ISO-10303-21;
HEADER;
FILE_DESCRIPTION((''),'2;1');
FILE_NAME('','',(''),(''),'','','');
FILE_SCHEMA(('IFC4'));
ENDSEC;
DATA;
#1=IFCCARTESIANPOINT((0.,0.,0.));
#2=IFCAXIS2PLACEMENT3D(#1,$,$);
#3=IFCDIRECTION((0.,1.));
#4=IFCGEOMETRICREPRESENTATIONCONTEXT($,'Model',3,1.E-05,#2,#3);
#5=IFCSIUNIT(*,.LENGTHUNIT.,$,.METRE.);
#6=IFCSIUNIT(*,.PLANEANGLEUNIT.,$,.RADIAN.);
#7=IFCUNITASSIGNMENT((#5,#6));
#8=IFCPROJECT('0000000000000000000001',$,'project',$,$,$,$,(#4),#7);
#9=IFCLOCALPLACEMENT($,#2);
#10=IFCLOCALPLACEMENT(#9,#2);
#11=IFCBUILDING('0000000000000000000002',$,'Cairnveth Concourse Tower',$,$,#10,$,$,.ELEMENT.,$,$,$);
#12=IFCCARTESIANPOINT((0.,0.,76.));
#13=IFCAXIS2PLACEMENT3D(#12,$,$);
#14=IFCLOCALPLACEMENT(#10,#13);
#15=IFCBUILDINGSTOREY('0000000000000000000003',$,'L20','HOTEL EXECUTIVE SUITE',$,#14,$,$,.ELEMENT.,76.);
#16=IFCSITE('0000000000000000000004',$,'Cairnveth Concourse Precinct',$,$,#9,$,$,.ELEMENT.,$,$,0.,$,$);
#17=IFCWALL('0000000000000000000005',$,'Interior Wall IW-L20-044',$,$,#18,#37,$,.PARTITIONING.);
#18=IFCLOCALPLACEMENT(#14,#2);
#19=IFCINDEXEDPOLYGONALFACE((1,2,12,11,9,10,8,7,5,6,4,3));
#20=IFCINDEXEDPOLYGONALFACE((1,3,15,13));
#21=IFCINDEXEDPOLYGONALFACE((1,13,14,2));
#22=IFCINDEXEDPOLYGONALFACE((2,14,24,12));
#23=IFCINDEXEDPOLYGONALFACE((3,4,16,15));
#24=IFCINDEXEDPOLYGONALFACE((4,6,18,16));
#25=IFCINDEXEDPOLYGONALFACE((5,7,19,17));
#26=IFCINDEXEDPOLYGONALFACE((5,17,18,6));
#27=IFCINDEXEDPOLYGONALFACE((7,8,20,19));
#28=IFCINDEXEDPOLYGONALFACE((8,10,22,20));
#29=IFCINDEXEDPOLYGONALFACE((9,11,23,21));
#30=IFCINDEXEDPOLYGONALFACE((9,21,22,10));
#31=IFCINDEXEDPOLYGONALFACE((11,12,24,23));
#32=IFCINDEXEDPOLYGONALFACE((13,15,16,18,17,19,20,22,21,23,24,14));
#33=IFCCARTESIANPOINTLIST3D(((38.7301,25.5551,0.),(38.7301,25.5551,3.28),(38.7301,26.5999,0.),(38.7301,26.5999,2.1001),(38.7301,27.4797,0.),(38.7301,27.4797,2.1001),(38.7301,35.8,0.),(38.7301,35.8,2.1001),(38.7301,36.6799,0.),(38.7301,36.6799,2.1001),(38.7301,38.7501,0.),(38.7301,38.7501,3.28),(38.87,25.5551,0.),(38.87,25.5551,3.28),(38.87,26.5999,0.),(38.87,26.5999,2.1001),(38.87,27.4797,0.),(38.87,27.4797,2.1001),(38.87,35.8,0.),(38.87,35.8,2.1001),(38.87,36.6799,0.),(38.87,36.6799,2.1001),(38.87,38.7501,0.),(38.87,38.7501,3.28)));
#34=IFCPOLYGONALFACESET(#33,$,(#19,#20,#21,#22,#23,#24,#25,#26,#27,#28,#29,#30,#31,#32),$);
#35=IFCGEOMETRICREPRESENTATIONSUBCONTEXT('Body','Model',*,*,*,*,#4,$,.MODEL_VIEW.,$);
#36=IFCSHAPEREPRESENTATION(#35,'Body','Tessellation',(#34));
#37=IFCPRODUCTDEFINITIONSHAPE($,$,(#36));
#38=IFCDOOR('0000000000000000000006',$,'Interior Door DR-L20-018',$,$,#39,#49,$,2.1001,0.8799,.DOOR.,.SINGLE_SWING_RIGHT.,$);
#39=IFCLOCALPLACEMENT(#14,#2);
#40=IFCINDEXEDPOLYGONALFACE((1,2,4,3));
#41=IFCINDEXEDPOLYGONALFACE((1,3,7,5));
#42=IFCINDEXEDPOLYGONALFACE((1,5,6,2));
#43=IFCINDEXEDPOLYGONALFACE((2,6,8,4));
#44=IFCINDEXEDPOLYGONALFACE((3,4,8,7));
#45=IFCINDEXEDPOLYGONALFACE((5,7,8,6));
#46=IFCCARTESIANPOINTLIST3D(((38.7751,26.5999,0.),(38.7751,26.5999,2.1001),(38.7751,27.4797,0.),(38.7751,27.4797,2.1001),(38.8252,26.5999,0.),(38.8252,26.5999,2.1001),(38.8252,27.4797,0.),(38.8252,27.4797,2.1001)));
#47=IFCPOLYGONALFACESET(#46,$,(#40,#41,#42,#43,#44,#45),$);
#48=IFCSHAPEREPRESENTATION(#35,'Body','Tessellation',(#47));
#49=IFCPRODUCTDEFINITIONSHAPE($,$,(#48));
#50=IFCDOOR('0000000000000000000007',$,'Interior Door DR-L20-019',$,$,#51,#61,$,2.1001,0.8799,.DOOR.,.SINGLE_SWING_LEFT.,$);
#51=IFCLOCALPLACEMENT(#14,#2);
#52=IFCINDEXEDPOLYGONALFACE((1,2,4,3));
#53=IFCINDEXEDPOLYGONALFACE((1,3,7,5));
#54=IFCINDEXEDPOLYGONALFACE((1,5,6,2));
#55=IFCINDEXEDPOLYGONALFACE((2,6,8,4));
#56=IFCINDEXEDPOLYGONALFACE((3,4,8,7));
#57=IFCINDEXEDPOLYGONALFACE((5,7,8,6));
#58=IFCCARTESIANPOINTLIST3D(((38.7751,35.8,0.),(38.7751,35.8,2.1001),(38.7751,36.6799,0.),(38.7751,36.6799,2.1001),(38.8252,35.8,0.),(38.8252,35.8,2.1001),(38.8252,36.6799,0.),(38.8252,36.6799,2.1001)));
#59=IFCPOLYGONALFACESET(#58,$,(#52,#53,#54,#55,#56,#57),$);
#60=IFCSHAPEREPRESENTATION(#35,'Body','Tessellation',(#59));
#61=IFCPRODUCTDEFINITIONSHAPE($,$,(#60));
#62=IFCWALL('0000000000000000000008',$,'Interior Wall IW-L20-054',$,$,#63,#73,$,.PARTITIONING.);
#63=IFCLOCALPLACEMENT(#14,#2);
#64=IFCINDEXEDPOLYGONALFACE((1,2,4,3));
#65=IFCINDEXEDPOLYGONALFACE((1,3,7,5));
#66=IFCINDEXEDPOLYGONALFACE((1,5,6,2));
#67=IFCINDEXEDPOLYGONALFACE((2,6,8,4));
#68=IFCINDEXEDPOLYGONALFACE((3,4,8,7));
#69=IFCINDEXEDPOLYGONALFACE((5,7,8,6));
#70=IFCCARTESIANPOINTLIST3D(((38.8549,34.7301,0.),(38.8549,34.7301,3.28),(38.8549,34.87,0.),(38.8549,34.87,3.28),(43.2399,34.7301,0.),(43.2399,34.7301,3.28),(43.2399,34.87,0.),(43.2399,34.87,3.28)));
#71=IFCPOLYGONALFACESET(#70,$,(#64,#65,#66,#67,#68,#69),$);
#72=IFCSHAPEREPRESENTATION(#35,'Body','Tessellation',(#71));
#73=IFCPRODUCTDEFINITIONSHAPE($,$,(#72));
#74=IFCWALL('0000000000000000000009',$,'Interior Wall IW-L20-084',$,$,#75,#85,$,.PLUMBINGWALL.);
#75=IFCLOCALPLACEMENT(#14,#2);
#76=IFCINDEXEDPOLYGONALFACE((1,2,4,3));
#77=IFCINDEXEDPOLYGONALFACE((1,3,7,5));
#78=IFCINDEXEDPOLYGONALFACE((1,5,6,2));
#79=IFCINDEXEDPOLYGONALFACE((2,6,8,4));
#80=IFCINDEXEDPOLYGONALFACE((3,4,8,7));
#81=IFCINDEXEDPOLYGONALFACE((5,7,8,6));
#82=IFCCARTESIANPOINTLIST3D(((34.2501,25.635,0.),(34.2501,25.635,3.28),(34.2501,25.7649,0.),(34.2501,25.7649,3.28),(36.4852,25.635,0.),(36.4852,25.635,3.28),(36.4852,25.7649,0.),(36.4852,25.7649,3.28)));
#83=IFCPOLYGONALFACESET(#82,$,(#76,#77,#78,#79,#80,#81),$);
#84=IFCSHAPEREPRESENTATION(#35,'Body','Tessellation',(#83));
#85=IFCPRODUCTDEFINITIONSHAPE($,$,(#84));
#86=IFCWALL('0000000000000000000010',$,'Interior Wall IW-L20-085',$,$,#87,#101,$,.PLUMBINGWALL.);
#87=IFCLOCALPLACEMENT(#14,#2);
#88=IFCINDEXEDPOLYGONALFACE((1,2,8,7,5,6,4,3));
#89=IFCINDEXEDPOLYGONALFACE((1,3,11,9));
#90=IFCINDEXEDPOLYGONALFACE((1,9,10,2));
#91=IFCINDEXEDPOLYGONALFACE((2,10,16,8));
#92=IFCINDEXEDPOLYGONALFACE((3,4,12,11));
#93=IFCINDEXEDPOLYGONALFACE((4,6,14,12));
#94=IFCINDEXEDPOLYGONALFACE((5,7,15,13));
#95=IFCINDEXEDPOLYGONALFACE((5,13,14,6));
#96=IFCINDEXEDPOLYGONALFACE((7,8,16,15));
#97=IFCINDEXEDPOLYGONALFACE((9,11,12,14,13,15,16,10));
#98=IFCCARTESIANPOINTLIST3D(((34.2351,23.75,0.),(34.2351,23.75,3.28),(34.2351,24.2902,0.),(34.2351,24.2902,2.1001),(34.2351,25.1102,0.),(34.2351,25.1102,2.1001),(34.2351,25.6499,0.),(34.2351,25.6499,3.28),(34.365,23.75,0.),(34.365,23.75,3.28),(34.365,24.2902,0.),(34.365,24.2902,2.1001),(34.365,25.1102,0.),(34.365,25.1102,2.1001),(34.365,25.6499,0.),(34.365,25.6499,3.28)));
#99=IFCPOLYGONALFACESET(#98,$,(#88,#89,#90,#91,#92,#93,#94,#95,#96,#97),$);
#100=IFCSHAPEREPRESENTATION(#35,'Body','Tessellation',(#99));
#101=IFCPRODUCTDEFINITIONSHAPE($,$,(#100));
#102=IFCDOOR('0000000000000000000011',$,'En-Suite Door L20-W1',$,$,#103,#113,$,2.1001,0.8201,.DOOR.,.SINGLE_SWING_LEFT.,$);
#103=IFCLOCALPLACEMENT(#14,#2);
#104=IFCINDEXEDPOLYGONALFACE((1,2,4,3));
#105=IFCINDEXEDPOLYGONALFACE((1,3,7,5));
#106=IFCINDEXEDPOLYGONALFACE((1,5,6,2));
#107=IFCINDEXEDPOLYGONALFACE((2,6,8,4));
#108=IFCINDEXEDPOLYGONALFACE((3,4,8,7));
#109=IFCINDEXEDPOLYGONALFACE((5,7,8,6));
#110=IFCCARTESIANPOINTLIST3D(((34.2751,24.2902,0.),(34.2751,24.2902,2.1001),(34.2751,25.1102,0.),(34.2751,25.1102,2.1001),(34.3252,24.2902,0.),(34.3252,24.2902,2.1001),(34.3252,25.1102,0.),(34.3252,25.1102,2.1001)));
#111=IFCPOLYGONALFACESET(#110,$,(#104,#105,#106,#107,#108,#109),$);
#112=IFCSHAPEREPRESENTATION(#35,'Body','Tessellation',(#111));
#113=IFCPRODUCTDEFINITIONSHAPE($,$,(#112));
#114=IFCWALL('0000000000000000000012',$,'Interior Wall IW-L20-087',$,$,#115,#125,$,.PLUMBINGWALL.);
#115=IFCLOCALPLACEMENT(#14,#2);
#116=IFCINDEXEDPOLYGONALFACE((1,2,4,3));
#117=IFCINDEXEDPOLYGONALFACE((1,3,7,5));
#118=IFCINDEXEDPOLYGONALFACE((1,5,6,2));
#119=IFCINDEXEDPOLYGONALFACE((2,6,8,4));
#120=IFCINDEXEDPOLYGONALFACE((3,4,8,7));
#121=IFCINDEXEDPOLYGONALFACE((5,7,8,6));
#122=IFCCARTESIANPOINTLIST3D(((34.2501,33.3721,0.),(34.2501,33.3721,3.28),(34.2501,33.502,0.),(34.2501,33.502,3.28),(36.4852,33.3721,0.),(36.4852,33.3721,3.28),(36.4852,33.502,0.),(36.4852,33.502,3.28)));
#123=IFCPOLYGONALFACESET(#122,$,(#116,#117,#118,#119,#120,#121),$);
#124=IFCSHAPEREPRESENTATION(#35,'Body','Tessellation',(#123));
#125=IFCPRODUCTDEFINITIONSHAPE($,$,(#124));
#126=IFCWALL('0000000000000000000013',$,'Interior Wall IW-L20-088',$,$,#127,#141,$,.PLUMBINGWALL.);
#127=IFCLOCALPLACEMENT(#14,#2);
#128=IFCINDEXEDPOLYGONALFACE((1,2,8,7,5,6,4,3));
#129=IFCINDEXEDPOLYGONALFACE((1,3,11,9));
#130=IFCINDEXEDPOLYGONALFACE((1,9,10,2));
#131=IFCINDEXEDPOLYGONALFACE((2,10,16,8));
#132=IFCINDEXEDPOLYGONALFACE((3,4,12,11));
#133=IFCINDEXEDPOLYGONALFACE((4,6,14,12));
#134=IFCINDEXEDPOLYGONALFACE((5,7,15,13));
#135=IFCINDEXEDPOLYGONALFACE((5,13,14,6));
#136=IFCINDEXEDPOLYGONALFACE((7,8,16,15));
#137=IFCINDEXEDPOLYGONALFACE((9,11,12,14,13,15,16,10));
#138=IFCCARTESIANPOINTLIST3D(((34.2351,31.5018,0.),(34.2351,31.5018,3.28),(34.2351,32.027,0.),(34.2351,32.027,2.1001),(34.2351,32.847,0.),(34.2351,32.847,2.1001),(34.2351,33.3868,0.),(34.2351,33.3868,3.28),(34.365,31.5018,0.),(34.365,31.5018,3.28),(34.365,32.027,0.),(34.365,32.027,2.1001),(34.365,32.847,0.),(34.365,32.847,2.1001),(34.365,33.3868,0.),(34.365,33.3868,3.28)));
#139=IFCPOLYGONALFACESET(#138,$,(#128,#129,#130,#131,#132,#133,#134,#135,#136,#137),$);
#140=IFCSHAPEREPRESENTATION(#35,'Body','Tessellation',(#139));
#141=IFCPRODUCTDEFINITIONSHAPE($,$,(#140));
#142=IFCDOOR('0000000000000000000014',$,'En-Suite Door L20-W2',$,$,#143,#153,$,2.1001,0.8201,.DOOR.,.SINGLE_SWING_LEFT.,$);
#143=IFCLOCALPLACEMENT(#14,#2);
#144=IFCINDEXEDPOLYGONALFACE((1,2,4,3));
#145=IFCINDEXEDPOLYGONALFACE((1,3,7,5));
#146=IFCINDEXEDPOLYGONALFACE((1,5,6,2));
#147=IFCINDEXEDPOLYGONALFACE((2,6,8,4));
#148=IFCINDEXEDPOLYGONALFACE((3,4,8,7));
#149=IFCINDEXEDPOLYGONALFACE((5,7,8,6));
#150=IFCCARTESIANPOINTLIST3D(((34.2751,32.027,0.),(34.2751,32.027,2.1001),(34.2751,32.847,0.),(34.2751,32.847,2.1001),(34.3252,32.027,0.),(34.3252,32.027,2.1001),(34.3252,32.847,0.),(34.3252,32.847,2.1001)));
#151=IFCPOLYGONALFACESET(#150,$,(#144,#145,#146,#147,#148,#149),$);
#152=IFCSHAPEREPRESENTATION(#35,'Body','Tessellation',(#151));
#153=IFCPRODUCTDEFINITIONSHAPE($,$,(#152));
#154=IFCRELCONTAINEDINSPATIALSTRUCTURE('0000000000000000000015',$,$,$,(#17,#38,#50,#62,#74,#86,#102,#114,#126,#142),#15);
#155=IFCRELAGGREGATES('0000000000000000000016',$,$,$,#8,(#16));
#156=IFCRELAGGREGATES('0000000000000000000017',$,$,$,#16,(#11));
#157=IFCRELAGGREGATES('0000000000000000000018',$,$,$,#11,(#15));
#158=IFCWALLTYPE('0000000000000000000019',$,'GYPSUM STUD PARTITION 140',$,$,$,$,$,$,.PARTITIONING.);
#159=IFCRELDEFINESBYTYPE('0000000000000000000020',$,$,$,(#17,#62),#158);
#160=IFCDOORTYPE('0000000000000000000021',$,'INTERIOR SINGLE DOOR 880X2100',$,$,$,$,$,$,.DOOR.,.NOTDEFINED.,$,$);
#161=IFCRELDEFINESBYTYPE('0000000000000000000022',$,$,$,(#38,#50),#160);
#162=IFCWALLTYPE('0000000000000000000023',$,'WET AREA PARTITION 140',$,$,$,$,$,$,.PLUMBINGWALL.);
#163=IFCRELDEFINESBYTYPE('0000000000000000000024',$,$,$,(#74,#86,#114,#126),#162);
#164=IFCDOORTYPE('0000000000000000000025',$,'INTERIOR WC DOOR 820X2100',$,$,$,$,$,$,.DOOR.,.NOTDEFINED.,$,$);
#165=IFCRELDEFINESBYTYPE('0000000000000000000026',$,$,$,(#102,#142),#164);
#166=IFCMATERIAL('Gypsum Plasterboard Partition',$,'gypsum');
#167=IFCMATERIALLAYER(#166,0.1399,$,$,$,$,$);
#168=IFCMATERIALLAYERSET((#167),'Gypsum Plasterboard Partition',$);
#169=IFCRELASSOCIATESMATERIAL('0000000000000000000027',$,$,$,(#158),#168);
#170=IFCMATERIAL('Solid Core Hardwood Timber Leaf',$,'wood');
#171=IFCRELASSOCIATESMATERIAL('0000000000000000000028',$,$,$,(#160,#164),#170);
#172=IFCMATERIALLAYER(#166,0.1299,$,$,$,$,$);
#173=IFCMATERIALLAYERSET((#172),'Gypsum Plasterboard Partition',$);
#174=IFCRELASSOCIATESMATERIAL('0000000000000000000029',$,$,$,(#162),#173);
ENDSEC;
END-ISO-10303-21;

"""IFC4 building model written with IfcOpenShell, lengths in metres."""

from ifc_helpers import new_model, si_unit, direction, frame, frame_2d, origin, place, context, subcontext, project, spatial, rectangle, extrude, material, layer, layer_set, type_object, element, fill, save


model = new_model("IFC4")

# Units and contexts
model_context = context("Model", 3, precision=1e-05, world=origin(), true_north=direction((0.0, 1.0)))
body_context = subcontext(model_context, "Body", "Model", "MODEL_VIEW")
ifc_project = project(units=[si_unit("LENGTHUNIT", "METRE"), si_unit("PLANEANGLEUNIT", "RADIAN")], contexts=[model_context])

# Site, building, storey
site_placement = place(None, origin())
site = spatial("IfcSite", under=ifc_project, at=site_placement, Name="Cairnveth Concourse Precinct", CompositionType="ELEMENT", RefElevation=0.0)
building_placement = place(site_placement, origin())
building = spatial("IfcBuilding", under=site, at=building_placement, Name="Cairnveth Concourse Tower", CompositionType="ELEMENT")
storey_placement = place(building_placement, frame((0.0, 0.0, 76.0)))
storey = spatial("IfcBuildingStorey", under=building, at=storey_placement, Name="L20", Description="HOTEL EXECUTIVE SUITE", CompositionType="ELEMENT", Elevation=76.0)

# Wall, openings, doors
ifc_material_1 = material(Name="Gypsum Plasterboard Partition", Category="gypsum")
ifc_layer_1 = layer(ifc_material_1, 0.1399)
ifc_layer_set_1 = layer_set([ifc_layer_1], Name="Gypsum Plasterboard Partition")
wall_type_1 = type_object("IfcWallType", Name="GYPSUM STUD PARTITION 140", PredefinedType="PARTITIONING", material=ifc_layer_set_1)
ifc_material_2 = material(Name="Solid Core Hardwood Timber Leaf", Category="wood")
wall_1_placement = place(storey_placement, frame((38.8, 25.5549, 0.0), z_axis=(0.0, 0.0, 1.0), x_axis=(0.0, 1.0, 0.0)))
wall_1 = element("IfcWall", 1, at=wall_1_placement, inside=storey, type_object=wall_type_1, Name="Interior Wall IW-L20-044", PredefinedType="PARTITIONING", context=body_context, shape_type="SweptSolid", body=[
    extrude(rectangle(XDim=13.1951, YDim=0.1399, at=frame_2d((6.5977, 0.0))), origin(), (0.0, 0.0, 1.0), 3.28),
])
opening_1_placement = place(wall_1_placement, frame((1.0449, 0.0, 0.0)))
opening_1 = element("IfcOpeningElement", 2, at=opening_1_placement, cuts=wall_1, PredefinedType="OPENING", context=body_context, shape_type="SweptSolid", body=[
    extrude(rectangle(XDim=0.8799, YDim=2.1001, at=frame_2d((0.4399, 1.05))), frame((0.0, 0.0798, 0.0), z_axis=(0.0, -1.0, 0.0), x_axis=(1.0, 0.0, 0.0)), (0.0, 0.0, 1.0), 0.1599),
])
opening_2_placement = place(wall_1_placement, frame((10.2451, 0.0, 0.0)))
opening_2 = element("IfcOpeningElement", 3, at=opening_2_placement, cuts=wall_1, PredefinedType="OPENING", context=body_context, shape_type="SweptSolid", body=[
    extrude(rectangle(XDim=0.8799, YDim=2.1001, at=frame_2d((0.4399, 1.05))), frame((0.0, 0.0798, 0.0), z_axis=(0.0, -1.0, 0.0), x_axis=(1.0, 0.0, 0.0)), (0.0, 0.0, 1.0), 0.1599),
])
door_type_1 = type_object("IfcDoorType", Name="INTERIOR SINGLE DOOR 880X2100", OperationType="NOTDEFINED", PredefinedType="DOOR", material=ifc_material_2)
door_1_placement = place(opening_1_placement, origin())
door_1 = element("IfcDoor", 4, at=door_1_placement, inside=storey, type_object=door_type_1, Name="Interior Door DR-L20-018", OperationType="SINGLE_SWING_RIGHT", OverallHeight=2.1001, OverallWidth=0.8799, PredefinedType="DOOR", context=body_context, shape_type="SweptSolid", body=[
    extrude(rectangle(XDim=0.8799, YDim=2.1001, at=frame_2d((0.4399, 1.05))), frame((0.0, 0.0249, 0.0), z_axis=(0.0, -1.0, 0.0), x_axis=(1.0, 0.0, 0.0)), (0.0, 0.0, 1.0), 0.05),
])
fill(opening_1, door_1)
door_2_placement = place(opening_2_placement, origin())
door_2 = element("IfcDoor", 5, at=door_2_placement, inside=storey, type_object=door_type_1, Name="Interior Door DR-L20-019", OperationType="SINGLE_SWING_LEFT", OverallHeight=2.1001, OverallWidth=0.8799, PredefinedType="DOOR", context=body_context, shape_type="SweptSolid", body=[
    extrude(rectangle(XDim=0.8799, YDim=2.1001, at=frame_2d((0.4399, 1.05))), frame((0.0, 0.0249, 0.0), z_axis=(0.0, -1.0, 0.0), x_axis=(1.0, 0.0, 0.0)), (0.0, 0.0, 1.0), 0.05),
])
fill(opening_2, door_2)

# Walls
wall_2_placement = place(storey_placement, frame((38.855, 34.8, 0.0), z_axis=(0.0, 0.0, 1.0), x_axis=(1.0, 0.0, 0.0)))
element("IfcWall", 6, at=wall_2_placement, inside=storey, type_object=wall_type_1, Name="Interior Wall IW-L20-054", PredefinedType="PARTITIONING", context=body_context, shape_type="SweptSolid", body=[
    extrude(rectangle(XDim=4.385, YDim=0.1399, at=frame_2d((2.1924, 0.0))), origin(), (0.0, 0.0, 1.0), 3.28),
])
ifc_layer_2 = layer(ifc_material_1, 0.1299)
ifc_layer_set_2 = layer_set([ifc_layer_2], Name="Gypsum Plasterboard Partition")
wall_type_2 = type_object("IfcWallType", Name="WET AREA PARTITION 140", PredefinedType="PLUMBINGWALL", material=ifc_layer_set_2)
wall_3_placement = place(storey_placement, frame((34.25, 25.7, 0.0), z_axis=(0.0, 0.0, 1.0), x_axis=(1.0, 0.0, 0.0)))
element("IfcWall", 7, at=wall_3_placement, inside=storey, type_object=wall_type_2, Name="Interior Wall IW-L20-084", PredefinedType="PLUMBINGWALL", context=body_context, shape_type="SweptSolid", body=[
    extrude(rectangle(XDim=2.2351, YDim=0.1299, at=frame_2d((1.1177, 0.0))), origin(), (0.0, 0.0, 1.0), 3.28),
])

# Wall, opening, door
wall_4_placement = place(storey_placement, frame((34.3, 23.75, 0.0), z_axis=(0.0, 0.0, 1.0), x_axis=(0.0, 1.0, 0.0)))
wall_4 = element("IfcWall", 8, at=wall_4_placement, inside=storey, type_object=wall_type_2, Name="Interior Wall IW-L20-085", PredefinedType="PLUMBINGWALL", context=body_context, shape_type="SweptSolid", body=[
    extrude(rectangle(XDim=1.8999, YDim=0.1299, at=frame_2d((0.95, 0.0))), origin(), (0.0, 0.0, 1.0), 3.28),
])
opening_3_placement = place(wall_4_placement, frame((0.54, 0.0, 0.0)))
opening_3 = element("IfcOpeningElement", 9, at=opening_3_placement, cuts=wall_4, PredefinedType="OPENING", context=body_context, shape_type="SweptSolid", body=[
    extrude(rectangle(XDim=0.8201, YDim=2.1001, at=frame_2d((0.4102, 1.05))), frame((0.0, 0.075, 0.0), z_axis=(0.0, -1.0, 0.0), x_axis=(1.0, 0.0, 0.0)), (0.0, 0.0, 1.0), 0.1499),
])
door_type_2 = type_object("IfcDoorType", Name="INTERIOR WC DOOR 820X2100", OperationType="NOTDEFINED", PredefinedType="DOOR", material=ifc_material_2)
door_3_placement = place(opening_3_placement, origin())
door_3 = element("IfcDoor", 10, at=door_3_placement, inside=storey, type_object=door_type_2, Name="En-Suite Door L20-W1", OperationType="SINGLE_SWING_LEFT", OverallHeight=2.1001, OverallWidth=0.8201, PredefinedType="DOOR", context=body_context, shape_type="SweptSolid", body=[
    extrude(rectangle(XDim=0.8201, YDim=2.1001, at=frame_2d((0.4102, 1.05))), frame((0.0, 0.0249, 0.0), z_axis=(0.0, -1.0, 0.0), x_axis=(1.0, 0.0, 0.0)), (0.0, 0.0, 1.0), 0.05),
])
fill(opening_3, door_3)

# Wall
wall_5_placement = place(storey_placement, frame((34.25, 33.437, 0.0), z_axis=(0.0, 0.0, 1.0), x_axis=(1.0, 0.0, 0.0)))
element("IfcWall", 11, at=wall_5_placement, inside=storey, type_object=wall_type_2, Name="Interior Wall IW-L20-087", PredefinedType="PLUMBINGWALL", context=body_context, shape_type="SweptSolid", body=[
    extrude(rectangle(XDim=2.2351, YDim=0.1299, at=frame_2d((1.1177, 0.0))), origin(), (0.0, 0.0, 1.0), 3.28),
])

# Wall, opening, door
wall_6_placement = place(storey_placement, frame((34.3, 31.502, 0.0), z_axis=(0.0, 0.0, 1.0), x_axis=(0.0, 1.0, 0.0)))
wall_6 = element("IfcWall", 12, at=wall_6_placement, inside=storey, type_object=wall_type_2, Name="Interior Wall IW-L20-088", PredefinedType="PLUMBINGWALL", context=body_context, shape_type="SweptSolid", body=[
    extrude(rectangle(XDim=1.885, YDim=0.1299, at=frame_2d((0.9424, 0.0))), origin(), (0.0, 0.0, 1.0), 3.28),
])
opening_4_placement = place(wall_6_placement, frame((0.5249, 0.0, 0.0)))
opening_4 = element("IfcOpeningElement", 13, at=opening_4_placement, cuts=wall_6, PredefinedType="OPENING", context=body_context, shape_type="SweptSolid", body=[
    extrude(rectangle(XDim=0.8201, YDim=2.1001, at=frame_2d((0.4102, 1.05))), frame((0.0, 0.075, 0.0), z_axis=(0.0, -1.0, 0.0), x_axis=(1.0, 0.0, 0.0)), (0.0, 0.0, 1.0), 0.1499),
])
door_4_placement = place(opening_4_placement, origin())
door_4 = element("IfcDoor", 14, at=door_4_placement, inside=storey, type_object=door_type_2, Name="En-Suite Door L20-W2", OperationType="SINGLE_SWING_LEFT", OverallHeight=2.1001, OverallWidth=0.8201, PredefinedType="DOOR", context=body_context, shape_type="SweptSolid", body=[
    extrude(rectangle(XDim=0.8201, YDim=2.1001, at=frame_2d((0.4102, 1.05))), frame((0.0, 0.0249, 0.0), z_axis=(0.0, -1.0, 0.0), x_axis=(1.0, 0.0, 0.0)), (0.0, 0.0, 1.0), 0.05),
])
fill(opening_4, door_4)

save(model, "model.ifc")
